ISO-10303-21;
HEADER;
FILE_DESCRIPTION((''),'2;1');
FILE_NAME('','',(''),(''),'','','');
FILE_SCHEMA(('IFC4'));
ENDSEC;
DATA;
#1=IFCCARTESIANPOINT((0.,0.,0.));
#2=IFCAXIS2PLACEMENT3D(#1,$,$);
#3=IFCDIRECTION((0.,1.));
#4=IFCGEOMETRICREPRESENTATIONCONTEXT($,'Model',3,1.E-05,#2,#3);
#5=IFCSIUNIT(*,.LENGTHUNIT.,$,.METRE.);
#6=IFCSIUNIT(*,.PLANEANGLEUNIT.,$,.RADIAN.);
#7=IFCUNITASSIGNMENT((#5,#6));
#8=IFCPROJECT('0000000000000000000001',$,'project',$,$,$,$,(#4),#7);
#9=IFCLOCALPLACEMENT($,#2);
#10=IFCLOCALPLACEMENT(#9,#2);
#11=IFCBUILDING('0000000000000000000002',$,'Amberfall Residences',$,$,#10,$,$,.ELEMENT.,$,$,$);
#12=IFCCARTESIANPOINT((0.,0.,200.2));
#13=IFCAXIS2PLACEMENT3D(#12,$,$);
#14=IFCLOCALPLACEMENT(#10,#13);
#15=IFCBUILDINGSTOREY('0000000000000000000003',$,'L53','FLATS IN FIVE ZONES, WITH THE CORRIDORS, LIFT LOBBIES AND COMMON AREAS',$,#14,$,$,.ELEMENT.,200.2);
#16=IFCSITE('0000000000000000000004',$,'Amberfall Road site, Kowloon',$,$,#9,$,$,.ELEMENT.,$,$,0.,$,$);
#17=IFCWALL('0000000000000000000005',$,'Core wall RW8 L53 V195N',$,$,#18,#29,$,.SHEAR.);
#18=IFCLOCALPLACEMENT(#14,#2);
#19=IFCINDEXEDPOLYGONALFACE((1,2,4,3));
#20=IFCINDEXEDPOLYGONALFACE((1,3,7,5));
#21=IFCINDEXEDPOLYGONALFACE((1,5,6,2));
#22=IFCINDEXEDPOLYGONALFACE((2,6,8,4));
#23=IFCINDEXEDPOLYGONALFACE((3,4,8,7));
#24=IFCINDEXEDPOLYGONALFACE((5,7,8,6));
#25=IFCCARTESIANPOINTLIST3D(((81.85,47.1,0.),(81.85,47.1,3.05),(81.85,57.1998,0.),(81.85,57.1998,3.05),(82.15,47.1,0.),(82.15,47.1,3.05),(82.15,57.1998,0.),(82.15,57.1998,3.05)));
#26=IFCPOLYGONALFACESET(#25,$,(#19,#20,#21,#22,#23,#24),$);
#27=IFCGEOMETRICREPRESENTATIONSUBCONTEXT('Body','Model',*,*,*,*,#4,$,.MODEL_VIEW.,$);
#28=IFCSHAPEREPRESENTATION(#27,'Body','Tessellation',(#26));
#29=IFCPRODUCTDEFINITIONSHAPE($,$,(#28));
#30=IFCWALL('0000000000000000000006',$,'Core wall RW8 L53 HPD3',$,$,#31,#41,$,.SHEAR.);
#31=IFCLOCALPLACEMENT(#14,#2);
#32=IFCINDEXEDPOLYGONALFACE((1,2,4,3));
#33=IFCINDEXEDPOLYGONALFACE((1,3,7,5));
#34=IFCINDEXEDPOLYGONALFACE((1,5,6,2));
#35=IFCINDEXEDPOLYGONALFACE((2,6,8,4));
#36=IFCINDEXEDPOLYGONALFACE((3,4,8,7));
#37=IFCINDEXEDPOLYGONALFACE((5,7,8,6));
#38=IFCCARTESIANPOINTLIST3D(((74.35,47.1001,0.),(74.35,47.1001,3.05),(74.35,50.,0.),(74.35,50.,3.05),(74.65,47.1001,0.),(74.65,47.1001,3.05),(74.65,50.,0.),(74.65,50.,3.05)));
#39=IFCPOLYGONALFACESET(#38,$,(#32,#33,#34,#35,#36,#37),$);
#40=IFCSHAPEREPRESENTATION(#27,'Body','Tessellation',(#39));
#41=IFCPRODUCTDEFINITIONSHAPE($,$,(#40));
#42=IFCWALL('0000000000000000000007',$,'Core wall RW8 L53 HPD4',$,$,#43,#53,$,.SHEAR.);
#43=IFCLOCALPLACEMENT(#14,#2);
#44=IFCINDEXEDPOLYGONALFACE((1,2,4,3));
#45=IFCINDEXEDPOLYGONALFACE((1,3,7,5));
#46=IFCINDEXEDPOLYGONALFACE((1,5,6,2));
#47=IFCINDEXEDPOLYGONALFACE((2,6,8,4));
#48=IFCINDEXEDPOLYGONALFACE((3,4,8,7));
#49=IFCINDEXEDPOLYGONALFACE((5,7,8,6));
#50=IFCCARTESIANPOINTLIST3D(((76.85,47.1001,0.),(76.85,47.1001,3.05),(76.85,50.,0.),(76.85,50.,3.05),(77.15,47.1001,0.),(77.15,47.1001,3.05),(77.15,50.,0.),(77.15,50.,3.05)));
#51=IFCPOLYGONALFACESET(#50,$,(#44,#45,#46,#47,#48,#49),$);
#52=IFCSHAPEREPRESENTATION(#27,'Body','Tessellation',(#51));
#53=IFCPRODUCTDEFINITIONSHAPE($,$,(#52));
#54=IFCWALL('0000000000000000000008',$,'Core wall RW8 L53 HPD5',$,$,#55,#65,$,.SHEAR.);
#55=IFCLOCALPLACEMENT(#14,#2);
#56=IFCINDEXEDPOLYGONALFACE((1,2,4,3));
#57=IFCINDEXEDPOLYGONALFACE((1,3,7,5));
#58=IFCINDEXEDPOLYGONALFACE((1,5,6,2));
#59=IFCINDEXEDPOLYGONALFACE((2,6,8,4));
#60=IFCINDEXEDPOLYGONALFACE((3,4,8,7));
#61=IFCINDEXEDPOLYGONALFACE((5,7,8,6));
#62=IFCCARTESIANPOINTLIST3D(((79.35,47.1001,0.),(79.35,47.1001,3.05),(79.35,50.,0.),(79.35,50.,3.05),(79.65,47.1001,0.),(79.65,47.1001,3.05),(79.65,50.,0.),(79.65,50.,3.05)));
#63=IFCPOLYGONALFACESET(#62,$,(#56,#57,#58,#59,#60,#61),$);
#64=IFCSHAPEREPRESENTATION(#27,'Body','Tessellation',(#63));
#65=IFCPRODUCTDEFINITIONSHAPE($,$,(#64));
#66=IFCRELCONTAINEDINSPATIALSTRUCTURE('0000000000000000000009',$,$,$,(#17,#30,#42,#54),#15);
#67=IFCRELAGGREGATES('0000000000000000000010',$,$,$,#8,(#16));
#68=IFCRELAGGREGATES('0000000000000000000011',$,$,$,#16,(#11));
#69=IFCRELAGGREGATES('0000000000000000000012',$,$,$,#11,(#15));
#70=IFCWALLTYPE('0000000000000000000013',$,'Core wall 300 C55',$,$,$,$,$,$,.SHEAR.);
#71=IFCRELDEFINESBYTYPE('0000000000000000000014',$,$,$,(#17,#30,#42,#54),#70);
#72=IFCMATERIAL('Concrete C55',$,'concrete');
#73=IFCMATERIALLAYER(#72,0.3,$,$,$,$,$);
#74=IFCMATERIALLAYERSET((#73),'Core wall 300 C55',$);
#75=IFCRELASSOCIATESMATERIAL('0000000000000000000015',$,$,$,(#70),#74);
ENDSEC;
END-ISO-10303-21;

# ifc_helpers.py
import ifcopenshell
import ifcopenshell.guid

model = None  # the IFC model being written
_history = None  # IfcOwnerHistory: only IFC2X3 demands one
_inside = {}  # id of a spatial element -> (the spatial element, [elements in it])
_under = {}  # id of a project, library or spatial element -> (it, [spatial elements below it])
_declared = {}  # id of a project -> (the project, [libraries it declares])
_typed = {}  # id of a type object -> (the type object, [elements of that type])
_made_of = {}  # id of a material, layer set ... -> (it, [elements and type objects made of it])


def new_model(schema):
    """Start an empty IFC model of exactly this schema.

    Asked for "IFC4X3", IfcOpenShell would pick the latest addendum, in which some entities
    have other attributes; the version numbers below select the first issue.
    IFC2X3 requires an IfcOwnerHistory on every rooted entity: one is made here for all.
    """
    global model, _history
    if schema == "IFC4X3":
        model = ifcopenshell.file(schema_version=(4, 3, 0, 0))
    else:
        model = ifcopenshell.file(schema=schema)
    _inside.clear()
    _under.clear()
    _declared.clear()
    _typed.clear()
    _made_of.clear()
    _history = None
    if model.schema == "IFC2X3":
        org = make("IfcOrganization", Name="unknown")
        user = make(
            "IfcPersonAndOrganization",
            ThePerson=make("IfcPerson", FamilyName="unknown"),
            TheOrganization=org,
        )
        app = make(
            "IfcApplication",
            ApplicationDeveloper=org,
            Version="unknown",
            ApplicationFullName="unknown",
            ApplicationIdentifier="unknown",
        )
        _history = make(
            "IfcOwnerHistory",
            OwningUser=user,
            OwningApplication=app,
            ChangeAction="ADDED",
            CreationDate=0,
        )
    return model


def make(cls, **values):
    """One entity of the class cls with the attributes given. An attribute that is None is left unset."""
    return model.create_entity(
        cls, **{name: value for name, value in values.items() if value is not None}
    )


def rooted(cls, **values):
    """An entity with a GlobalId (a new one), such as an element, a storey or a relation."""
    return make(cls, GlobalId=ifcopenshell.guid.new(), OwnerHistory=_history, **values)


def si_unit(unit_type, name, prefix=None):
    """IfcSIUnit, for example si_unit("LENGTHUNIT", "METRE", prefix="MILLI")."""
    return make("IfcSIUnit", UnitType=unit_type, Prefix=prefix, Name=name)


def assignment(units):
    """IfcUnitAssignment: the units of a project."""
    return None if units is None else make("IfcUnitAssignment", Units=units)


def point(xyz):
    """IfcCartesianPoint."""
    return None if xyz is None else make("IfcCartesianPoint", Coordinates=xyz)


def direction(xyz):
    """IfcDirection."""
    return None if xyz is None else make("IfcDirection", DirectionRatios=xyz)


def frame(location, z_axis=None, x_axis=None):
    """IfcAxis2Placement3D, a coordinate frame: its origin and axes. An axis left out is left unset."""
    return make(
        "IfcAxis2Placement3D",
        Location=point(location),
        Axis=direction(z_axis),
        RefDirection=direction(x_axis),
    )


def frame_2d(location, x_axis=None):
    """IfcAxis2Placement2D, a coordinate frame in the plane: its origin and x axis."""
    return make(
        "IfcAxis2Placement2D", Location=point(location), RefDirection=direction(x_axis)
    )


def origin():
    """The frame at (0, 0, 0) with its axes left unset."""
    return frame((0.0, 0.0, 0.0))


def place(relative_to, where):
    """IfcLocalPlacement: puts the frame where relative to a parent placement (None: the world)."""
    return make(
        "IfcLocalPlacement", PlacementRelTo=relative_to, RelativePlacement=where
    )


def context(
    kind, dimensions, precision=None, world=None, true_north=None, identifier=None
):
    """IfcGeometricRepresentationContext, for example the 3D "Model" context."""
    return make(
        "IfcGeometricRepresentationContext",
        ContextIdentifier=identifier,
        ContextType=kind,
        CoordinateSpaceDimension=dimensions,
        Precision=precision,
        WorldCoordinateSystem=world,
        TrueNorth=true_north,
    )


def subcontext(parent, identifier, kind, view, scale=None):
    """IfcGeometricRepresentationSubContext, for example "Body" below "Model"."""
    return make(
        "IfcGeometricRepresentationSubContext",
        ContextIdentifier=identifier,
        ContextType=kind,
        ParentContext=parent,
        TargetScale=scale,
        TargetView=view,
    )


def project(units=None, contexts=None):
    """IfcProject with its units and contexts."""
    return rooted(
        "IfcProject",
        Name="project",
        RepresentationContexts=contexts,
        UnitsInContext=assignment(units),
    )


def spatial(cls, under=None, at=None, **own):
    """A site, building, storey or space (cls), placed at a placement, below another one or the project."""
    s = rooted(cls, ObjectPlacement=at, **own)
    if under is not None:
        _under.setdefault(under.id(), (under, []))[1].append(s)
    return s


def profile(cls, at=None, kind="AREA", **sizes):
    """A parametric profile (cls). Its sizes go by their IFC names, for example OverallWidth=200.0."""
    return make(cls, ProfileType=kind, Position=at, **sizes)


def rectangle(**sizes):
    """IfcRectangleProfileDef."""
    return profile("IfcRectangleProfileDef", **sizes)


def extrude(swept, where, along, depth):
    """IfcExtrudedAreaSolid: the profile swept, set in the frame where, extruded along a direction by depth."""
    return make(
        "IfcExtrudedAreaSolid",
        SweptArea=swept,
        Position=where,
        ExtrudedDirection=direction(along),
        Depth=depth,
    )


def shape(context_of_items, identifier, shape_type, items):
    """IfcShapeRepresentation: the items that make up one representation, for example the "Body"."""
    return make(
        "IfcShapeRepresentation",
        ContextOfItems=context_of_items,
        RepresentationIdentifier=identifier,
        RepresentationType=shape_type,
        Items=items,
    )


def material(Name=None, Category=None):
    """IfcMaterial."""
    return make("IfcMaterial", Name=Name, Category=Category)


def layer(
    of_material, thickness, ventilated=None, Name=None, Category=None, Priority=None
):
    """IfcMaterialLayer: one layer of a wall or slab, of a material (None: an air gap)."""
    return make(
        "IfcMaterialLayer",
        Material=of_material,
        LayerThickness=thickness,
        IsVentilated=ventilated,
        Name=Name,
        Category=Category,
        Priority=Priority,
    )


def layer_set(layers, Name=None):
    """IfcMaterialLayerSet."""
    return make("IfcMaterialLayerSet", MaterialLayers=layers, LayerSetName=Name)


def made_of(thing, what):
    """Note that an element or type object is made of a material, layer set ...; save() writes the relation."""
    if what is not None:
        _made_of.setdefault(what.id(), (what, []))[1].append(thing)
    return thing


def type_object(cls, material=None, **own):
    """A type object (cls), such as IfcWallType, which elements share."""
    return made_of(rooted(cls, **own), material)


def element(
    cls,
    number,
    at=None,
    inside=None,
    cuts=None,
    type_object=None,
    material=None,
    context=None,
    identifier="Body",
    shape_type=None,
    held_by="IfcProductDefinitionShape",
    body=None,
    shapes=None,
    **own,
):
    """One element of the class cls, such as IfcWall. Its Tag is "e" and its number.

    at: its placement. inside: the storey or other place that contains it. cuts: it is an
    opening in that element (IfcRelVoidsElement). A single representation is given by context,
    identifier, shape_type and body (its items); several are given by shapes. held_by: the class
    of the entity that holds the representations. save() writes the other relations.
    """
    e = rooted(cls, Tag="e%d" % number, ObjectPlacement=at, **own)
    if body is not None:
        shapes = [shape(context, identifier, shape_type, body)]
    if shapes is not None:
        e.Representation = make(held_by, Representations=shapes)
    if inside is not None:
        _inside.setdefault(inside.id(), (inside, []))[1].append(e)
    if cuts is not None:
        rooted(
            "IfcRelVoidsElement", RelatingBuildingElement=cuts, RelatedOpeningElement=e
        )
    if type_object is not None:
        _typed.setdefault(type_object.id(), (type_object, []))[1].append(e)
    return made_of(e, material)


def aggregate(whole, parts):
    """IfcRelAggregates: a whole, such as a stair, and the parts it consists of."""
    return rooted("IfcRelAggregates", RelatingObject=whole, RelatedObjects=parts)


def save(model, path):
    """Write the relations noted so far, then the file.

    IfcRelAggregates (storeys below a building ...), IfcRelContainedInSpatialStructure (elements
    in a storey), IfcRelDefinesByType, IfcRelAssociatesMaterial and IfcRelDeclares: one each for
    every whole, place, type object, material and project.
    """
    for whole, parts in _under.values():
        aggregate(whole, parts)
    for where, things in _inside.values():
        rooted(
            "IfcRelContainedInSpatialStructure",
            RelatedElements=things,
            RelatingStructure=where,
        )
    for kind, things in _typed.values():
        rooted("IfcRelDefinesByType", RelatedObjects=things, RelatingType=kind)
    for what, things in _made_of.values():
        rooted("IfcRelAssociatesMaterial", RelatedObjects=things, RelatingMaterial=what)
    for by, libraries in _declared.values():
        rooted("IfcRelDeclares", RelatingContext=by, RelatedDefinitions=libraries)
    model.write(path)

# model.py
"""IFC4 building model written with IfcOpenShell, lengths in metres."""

from ifc_helpers import new_model, si_unit, direction, frame, frame_2d, origin, place, context, subcontext, project, spatial, rectangle, extrude, material, layer, layer_set, type_object, element, save


model = new_model("IFC4")

# Units and contexts
model_context = context("Model", 3, precision=1e-05, world=origin(), true_north=direction((0.0, 1.0)))
body_context = subcontext(model_context, "Body", "Model", "MODEL_VIEW")
ifc_project = project(units=[si_unit("LENGTHUNIT", "METRE"), si_unit("PLANEANGLEUNIT", "RADIAN")], contexts=[model_context])

# Site, building, storey
site_placement = place(None, origin())
site = spatial("IfcSite", under=ifc_project, at=site_placement, Name="Amberfall Road site, Kowloon", CompositionType="ELEMENT", RefElevation=0.0)
building_placement = place(site_placement, origin())
building = spatial("IfcBuilding", under=site, at=building_placement, Name="Amberfall Residences", CompositionType="ELEMENT")
storey_placement = place(building_placement, frame((0.0, 0.0, 200.2)))
storey = spatial("IfcBuildingStorey", under=building, at=storey_placement, Name="L53", Description="FLATS IN FIVE ZONES, WITH THE CORRIDORS, LIFT LOBBIES AND COMMON AREAS", CompositionType="ELEMENT", Elevation=200.2)

# Walls
ifc_material_1 = material(Name="Concrete C55", Category="concrete")
ifc_layer_1 = layer(ifc_material_1, 0.3)
ifc_layer_set_1 = layer_set([ifc_layer_1], Name="Core wall 300 C55")
wall_type_1 = type_object("IfcWallType", Name="Core wall 300 C55", PredefinedType="SHEAR", material=ifc_layer_set_1)
wall_1_placement = place(storey_placement, frame((82.0, 47.1001, 0.0), z_axis=(0.0, 0.0, 1.0), x_axis=(0.0, 1.0, 0.0)))
element("IfcWall", 1, at=wall_1_placement, inside=storey, type_object=wall_type_1, Name="Core wall RW8 L53 V195N", PredefinedType="SHEAR", context=body_context, shape_type="SweptSolid", body=[
    extrude(rectangle(XDim=10.0999, YDim=0.3, at=frame_2d((5.0498, 0.0))), origin(), (0.0, 0.0, 1.0), 3.05),
])
for number, where, z_axis, x_axis, name in (
    (2, (74.5, 47.1001, 0.0), (0.0, 0.0, 1.0), (0.0, 1.0, 0.0), "Core wall RW8 L53 HPD3"),
    (3, (77.0, 47.1001, 0.0), (0.0, 0.0, 1.0), (0.0, 1.0, 0.0), "Core wall RW8 L53 HPD4"),
    (4, (79.5, 47.1001, 0.0), (0.0, 0.0, 1.0), (0.0, 1.0, 0.0), "Core wall RW8 L53 HPD5"),
):
    element("IfcWall", number, at=place(storey_placement, frame(where, z_axis=z_axis, x_axis=x_axis)), inside=storey, type_object=wall_type_1, Name=name, PredefinedType="SHEAR", context=body_context, shape_type="SweptSolid", body=[
        extrude(rectangle(XDim=2.8999, YDim=0.3, at=frame_2d((1.45, 0.0))), origin(), (0.0, 0.0, 1.0), 3.05),
    ])

save(model, "model.ifc")
